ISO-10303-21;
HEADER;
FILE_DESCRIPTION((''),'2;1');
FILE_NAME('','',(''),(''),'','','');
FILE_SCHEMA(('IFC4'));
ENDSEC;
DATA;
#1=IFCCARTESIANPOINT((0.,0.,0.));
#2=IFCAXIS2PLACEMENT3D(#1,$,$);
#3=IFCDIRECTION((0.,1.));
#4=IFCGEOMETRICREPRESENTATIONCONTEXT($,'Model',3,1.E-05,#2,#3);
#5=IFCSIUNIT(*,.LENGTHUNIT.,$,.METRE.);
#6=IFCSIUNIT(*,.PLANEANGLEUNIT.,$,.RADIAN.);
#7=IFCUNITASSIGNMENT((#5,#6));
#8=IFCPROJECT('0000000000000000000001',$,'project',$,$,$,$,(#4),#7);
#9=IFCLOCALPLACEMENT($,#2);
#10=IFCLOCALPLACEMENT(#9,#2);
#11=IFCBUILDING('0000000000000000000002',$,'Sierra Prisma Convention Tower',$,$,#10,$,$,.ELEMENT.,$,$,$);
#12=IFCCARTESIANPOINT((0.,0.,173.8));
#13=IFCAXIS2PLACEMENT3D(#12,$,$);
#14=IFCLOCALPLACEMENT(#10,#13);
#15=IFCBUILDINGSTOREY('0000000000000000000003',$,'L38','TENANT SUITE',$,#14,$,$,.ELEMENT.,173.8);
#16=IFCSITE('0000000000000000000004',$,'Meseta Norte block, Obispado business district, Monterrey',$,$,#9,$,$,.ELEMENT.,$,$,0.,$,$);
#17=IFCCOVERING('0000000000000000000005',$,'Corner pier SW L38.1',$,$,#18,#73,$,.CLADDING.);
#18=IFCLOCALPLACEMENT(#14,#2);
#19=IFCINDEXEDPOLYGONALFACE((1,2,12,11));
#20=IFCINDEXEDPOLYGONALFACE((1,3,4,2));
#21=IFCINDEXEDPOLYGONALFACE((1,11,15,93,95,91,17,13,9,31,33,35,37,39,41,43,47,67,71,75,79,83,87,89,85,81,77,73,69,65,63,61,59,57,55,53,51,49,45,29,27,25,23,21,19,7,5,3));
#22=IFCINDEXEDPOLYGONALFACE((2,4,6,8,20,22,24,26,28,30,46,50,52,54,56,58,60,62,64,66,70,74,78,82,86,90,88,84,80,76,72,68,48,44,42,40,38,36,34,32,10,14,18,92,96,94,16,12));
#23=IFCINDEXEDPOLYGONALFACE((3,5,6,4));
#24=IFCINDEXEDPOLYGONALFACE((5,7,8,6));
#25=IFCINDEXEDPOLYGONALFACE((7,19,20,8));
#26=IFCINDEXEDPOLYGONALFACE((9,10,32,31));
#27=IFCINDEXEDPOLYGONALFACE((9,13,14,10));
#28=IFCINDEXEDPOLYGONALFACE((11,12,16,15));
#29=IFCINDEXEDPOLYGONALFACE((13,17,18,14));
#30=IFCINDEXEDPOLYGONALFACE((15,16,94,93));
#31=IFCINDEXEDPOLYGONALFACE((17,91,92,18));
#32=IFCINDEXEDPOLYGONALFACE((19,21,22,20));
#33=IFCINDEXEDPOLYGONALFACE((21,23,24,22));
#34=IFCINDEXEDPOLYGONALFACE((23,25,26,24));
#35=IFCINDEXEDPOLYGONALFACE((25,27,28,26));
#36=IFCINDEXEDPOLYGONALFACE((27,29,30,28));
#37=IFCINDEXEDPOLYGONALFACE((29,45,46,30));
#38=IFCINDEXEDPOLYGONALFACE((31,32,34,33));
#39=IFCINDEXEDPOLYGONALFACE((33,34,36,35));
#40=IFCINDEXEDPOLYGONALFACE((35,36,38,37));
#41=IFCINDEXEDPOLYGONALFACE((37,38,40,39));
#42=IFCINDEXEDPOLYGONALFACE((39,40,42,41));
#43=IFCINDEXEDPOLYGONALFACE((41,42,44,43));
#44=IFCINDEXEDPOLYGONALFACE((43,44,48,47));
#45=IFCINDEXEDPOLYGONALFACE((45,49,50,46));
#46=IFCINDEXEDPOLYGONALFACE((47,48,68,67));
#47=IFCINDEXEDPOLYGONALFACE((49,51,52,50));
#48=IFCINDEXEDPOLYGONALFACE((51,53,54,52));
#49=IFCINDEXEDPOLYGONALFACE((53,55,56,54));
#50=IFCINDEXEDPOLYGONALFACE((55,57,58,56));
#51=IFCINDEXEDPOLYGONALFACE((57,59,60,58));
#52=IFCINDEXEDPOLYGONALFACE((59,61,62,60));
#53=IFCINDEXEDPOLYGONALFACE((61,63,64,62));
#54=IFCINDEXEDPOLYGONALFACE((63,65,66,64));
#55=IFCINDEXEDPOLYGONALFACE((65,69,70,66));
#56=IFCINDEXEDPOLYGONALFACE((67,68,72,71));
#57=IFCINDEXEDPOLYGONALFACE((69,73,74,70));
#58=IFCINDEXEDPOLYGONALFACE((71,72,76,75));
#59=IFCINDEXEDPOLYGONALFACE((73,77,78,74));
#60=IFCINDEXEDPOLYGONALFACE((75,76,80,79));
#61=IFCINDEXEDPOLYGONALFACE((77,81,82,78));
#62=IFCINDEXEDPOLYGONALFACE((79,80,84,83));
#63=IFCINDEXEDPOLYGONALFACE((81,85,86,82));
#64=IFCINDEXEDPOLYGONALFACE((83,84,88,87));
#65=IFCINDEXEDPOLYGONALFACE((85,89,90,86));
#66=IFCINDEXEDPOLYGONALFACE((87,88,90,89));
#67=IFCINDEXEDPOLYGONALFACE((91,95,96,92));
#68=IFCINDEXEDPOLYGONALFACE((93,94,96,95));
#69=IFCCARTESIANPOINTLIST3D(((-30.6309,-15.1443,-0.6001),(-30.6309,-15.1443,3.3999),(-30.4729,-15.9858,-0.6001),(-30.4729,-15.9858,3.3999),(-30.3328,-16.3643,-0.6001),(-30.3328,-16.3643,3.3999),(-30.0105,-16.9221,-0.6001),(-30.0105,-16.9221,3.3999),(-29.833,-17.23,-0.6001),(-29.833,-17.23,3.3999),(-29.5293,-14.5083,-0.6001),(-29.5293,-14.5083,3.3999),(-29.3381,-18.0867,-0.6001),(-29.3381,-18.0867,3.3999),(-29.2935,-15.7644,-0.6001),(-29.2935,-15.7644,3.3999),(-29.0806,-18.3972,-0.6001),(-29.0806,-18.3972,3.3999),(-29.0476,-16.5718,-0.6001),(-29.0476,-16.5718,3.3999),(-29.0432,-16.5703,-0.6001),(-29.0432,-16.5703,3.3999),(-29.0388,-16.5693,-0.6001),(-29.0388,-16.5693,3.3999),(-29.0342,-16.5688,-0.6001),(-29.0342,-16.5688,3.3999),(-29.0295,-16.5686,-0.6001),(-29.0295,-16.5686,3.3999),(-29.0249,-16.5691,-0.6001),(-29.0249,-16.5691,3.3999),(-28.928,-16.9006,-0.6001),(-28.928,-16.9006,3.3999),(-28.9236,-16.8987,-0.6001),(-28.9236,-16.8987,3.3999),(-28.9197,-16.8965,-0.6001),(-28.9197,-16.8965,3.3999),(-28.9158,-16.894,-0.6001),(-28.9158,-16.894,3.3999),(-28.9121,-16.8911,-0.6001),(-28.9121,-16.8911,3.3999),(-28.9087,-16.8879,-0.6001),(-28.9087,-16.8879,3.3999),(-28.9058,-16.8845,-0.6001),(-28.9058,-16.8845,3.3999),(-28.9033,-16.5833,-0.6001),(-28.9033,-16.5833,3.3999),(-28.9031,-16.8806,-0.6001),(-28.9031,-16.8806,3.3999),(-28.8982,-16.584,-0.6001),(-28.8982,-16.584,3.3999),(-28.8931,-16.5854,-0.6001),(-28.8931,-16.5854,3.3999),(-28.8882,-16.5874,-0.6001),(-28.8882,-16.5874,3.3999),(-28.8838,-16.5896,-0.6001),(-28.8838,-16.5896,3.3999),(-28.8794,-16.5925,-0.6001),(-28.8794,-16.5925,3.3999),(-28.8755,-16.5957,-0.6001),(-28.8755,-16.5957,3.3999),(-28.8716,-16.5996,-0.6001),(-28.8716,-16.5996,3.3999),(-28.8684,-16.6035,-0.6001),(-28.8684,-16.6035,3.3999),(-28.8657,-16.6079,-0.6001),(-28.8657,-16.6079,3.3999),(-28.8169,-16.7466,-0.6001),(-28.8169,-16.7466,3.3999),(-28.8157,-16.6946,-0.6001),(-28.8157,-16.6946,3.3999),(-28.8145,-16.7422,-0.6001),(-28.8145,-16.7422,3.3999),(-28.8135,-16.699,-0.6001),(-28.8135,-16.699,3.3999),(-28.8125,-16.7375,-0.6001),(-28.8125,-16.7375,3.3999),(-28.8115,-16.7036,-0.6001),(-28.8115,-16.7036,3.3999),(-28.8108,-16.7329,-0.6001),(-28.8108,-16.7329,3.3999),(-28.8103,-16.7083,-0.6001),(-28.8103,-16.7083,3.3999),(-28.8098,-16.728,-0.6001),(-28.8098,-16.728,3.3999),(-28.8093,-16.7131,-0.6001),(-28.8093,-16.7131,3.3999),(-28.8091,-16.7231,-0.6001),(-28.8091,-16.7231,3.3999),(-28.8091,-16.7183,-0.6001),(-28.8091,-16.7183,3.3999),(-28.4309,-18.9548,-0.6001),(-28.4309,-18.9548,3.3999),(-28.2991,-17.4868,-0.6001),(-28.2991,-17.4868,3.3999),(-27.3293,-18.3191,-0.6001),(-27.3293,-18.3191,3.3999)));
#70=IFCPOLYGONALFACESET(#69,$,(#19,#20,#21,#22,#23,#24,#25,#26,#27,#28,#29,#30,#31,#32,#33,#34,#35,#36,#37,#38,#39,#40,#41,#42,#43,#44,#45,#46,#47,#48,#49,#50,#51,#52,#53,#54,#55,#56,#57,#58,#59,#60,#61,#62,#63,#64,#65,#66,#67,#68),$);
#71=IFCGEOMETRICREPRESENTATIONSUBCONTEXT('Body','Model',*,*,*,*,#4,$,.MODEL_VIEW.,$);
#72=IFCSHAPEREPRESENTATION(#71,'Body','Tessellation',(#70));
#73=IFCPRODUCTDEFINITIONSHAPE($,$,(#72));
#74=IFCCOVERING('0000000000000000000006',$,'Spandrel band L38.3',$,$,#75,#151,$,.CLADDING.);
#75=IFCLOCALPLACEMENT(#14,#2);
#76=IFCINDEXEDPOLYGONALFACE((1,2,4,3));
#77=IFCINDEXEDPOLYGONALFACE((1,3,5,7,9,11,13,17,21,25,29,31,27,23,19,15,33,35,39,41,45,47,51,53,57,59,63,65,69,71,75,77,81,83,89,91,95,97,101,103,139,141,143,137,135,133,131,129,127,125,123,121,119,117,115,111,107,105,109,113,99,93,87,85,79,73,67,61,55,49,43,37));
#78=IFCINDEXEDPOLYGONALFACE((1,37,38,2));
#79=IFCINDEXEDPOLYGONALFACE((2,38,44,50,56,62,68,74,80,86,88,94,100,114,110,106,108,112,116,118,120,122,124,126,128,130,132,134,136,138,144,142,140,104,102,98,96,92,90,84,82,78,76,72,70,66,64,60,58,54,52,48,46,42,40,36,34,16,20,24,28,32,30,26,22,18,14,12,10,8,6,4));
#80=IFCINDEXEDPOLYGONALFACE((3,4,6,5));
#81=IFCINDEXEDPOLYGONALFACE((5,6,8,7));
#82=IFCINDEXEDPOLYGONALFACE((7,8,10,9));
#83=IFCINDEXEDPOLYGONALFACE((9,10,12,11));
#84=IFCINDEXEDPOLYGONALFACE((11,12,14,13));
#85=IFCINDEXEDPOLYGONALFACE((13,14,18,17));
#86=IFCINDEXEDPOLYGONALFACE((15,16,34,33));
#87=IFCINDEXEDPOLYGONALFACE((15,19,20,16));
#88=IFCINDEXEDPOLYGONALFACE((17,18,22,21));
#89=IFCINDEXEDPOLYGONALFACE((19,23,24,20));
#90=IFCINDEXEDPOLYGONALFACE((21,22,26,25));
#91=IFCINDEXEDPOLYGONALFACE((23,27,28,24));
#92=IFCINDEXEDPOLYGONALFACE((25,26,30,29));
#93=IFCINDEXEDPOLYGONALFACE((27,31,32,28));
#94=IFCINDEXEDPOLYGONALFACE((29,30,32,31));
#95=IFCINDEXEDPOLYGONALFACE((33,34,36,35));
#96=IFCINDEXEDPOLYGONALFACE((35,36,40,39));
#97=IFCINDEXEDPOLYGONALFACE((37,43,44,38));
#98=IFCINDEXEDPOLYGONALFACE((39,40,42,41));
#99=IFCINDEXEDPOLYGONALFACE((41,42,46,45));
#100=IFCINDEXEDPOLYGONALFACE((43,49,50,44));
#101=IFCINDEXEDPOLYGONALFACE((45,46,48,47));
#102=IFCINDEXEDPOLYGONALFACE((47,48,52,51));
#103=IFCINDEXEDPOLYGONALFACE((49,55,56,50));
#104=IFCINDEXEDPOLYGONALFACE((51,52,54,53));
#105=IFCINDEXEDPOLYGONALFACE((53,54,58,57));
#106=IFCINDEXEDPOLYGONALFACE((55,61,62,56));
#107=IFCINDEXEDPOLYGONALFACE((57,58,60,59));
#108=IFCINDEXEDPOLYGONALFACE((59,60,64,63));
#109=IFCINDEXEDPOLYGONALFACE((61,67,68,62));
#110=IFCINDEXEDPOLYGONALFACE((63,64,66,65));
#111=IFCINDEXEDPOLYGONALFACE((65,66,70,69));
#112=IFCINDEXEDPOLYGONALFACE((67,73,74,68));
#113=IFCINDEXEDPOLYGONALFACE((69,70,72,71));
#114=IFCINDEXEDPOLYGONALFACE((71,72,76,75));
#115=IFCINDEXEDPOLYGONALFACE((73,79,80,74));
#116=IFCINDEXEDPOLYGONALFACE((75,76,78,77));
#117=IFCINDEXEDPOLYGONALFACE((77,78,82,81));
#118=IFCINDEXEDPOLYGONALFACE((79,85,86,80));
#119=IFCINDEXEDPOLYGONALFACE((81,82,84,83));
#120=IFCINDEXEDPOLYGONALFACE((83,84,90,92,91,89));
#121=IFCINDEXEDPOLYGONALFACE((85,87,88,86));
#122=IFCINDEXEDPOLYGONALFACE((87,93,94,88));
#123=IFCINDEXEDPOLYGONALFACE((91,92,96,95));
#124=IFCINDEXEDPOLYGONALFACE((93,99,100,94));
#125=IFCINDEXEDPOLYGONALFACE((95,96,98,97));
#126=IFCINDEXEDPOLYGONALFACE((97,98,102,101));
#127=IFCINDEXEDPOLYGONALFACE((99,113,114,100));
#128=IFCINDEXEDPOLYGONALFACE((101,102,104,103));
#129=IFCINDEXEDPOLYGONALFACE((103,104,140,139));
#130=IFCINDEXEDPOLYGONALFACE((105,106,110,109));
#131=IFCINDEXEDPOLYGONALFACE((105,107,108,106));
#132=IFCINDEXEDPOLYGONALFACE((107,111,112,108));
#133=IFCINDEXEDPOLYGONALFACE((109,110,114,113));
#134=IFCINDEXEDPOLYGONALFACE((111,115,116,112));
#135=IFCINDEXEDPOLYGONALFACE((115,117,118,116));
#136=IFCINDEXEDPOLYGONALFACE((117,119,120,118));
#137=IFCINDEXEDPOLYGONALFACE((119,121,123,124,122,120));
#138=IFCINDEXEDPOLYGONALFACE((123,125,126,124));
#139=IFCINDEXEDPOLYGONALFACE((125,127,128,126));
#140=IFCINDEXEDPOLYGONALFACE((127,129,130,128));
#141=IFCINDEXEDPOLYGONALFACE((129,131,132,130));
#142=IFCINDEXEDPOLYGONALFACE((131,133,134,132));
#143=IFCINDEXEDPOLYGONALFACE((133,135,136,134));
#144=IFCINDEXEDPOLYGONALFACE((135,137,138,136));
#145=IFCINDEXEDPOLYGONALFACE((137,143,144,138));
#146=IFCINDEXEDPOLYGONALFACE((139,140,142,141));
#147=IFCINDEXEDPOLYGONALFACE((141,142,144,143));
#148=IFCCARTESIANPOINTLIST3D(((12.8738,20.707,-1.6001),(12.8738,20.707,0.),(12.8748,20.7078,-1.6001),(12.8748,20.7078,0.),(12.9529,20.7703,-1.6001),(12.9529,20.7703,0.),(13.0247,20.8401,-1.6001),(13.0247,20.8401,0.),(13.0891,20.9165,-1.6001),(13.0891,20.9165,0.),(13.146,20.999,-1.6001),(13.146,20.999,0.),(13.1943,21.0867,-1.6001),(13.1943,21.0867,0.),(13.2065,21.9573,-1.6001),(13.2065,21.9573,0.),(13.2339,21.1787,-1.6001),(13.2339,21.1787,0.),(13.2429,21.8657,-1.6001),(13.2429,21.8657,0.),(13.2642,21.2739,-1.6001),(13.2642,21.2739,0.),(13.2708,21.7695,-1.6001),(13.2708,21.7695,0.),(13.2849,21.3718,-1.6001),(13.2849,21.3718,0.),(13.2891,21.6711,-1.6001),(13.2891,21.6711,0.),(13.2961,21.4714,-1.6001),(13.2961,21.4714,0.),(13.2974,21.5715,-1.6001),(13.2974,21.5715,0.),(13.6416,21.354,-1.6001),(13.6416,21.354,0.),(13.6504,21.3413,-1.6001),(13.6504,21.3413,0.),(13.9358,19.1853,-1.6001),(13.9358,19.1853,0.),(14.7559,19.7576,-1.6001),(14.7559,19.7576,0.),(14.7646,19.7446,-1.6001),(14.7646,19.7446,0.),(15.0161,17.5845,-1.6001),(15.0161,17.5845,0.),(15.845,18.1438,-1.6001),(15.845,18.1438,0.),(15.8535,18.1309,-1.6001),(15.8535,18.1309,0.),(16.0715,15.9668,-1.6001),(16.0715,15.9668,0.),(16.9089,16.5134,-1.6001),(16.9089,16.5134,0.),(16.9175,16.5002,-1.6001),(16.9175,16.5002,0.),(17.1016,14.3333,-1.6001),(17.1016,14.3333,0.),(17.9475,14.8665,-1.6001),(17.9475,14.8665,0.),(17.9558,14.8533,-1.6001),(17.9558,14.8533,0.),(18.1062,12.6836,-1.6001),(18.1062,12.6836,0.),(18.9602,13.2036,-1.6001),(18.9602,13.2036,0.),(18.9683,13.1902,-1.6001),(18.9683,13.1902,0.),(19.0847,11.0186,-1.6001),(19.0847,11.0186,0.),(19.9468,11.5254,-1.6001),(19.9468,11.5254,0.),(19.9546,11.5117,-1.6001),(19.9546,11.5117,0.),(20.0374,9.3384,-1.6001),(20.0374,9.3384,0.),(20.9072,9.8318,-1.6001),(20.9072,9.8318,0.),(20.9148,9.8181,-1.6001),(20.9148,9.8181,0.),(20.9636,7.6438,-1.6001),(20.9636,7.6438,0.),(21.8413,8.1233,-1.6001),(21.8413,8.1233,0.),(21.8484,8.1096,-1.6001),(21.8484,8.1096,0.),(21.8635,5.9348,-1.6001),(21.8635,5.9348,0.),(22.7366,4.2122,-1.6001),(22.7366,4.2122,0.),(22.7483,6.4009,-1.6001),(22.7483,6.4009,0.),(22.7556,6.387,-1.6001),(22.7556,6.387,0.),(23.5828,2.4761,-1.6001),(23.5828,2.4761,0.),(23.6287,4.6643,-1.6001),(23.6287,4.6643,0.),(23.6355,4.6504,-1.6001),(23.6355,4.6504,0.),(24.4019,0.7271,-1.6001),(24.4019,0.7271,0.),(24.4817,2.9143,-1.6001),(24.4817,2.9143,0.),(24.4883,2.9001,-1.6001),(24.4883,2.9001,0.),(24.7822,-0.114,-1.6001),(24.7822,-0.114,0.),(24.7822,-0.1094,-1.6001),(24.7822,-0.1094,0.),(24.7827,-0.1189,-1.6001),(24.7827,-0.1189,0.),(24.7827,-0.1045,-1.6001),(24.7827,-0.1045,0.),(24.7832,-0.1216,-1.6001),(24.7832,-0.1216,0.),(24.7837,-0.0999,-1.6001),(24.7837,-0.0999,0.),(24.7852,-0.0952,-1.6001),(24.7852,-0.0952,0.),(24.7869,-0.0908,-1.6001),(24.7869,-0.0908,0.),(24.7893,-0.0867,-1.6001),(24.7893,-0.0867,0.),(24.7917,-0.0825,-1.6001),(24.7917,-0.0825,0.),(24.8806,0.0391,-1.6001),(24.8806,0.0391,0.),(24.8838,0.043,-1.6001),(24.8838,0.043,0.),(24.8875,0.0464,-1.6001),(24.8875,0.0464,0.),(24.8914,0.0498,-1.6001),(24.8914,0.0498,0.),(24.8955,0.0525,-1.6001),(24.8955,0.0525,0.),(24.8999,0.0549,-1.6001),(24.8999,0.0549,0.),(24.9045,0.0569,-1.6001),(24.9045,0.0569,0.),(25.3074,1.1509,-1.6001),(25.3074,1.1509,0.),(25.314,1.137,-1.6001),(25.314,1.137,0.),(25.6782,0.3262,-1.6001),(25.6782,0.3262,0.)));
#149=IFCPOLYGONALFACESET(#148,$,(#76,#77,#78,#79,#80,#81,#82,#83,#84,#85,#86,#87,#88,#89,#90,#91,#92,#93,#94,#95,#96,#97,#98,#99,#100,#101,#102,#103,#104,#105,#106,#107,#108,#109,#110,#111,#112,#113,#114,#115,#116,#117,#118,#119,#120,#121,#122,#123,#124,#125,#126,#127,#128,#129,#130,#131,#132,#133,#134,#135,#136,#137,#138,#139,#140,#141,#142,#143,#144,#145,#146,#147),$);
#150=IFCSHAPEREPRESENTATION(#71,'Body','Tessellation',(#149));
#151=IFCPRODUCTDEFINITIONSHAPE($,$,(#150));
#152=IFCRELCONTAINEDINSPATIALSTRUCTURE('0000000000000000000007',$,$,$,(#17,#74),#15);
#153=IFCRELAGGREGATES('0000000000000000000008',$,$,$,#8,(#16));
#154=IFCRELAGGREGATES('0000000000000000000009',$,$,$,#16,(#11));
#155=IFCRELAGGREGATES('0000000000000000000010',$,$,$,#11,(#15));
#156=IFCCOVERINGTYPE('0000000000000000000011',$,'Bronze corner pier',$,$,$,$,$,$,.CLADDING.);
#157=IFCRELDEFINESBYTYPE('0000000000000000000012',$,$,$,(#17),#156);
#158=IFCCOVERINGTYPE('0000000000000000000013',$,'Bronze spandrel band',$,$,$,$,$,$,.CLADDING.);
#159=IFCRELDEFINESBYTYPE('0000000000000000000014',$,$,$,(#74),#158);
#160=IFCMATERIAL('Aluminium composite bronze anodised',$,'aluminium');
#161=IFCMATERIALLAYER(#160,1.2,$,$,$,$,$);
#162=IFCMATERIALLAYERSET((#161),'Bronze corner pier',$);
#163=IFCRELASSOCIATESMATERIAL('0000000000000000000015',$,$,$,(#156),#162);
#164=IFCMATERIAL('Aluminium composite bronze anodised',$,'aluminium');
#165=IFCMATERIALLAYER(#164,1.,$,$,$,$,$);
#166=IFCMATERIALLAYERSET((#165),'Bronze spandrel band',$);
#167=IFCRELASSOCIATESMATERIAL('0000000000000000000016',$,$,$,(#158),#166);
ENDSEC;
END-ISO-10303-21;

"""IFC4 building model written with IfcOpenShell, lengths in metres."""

from ifc_helpers import new_model, si_unit, direction, frame, origin, place, context, subcontext, project, spatial, polyline, outline, extrude, material, layer, layer_set, type_object, element, save


model = new_model("IFC4")

# Units and contexts
model_context = context("Model", 3, precision=1e-05, world=origin(), true_north=direction((0.0, 1.0)))
body_context = subcontext(model_context, "Body", "Model", "MODEL_VIEW")
ifc_project = project(units=[si_unit("LENGTHUNIT", "METRE"), si_unit("PLANEANGLEUNIT", "RADIAN")], contexts=[model_context])

# Site, building, storey
site_placement = place(None, origin())
site = spatial("IfcSite", under=ifc_project, at=site_placement, Name="Meseta Norte block, Obispado business district, Monterrey", CompositionType="ELEMENT", RefElevation=0.0)
building_placement = place(site_placement, origin())
building = spatial("IfcBuilding", under=site, at=building_placement, Name="Sierra Prisma Convention Tower", CompositionType="ELEMENT")
storey_placement = place(building_placement, frame((0.0, 0.0, 173.8)))
storey = spatial("IfcBuildingStorey", under=building, at=storey_placement, Name="L38", Description="TENANT SUITE", CompositionType="ELEMENT", Elevation=173.8)

# Coverings
ifc_material_1 = material(Name="Aluminium composite bronze anodised", Category="aluminium")
ifc_layer_1 = layer(ifc_material_1, 1.2)
ifc_layer_set_1 = layer_set([ifc_layer_1], Name="Bronze corner pier")
covering_type_1 = type_object("IfcCoveringType", Name="Bronze corner pier", PredefinedType="CLADDING", material=ifc_layer_set_1)
covering_1_placement = place(storey_placement, frame((0.0, 0.0, -0.6001)))
element("IfcCovering", 1, at=covering_1_placement, inside=storey, type_object=covering_type_1, Name="Corner pier SW L38.1", PredefinedType="CLADDING", context=body_context, shape_type="SweptSolid", body=[
    extrude(outline(polyline([(-29.0806, -18.3972), (-29.3381, -18.0867), (-29.833, -17.23), (-28.928, -16.9006), (-28.9236, -16.8987), (-28.9197, -16.8965), (-28.9158, -16.894), (-28.9121, -16.8911), (-28.9087, -16.8879), (-28.9058, -16.8845), (-28.9031, -16.8806), (-28.8169, -16.7466), (-28.8145, -16.7422), (-28.8125, -16.7375), (-28.8108, -16.7329), (-28.8098, -16.728), (-28.8091, -16.7231), (-28.8091, -16.7183), (-28.8093, -16.7131), (-28.8103, -16.7083), (-28.8115, -16.7036), (-28.8135, -16.699), (-28.8157, -16.6946), (-28.8657, -16.6079), (-28.8684, -16.6035), (-28.8716, -16.5996), (-28.8755, -16.5957), (-28.8794, -16.5925), (-28.8838, -16.5896), (-28.8882, -16.5874), (-28.8931, -16.5854), (-28.8982, -16.584), (-28.9033, -16.5833), (-29.0249, -16.5691), (-29.0295, -16.5686), (-29.0342, -16.5688), (-29.0388, -16.5693), (-29.0432, -16.5703), (-29.0476, -16.5718), (-30.0105, -16.9221), (-30.3328, -16.3643), (-30.4729, -15.9858), (-30.6309, -15.1443), (-29.5293, -14.5083), (-29.2935, -15.7644), (-28.2991, -17.4868), (-27.3293, -18.3191), (-28.4309, -18.9548), (-29.0806, -18.3972)])), origin(), (0.0, 0.0, 1.0), 4.0),
])
ifc_material_2 = material(Name="Aluminium composite bronze anodised", Category="aluminium")
ifc_layer_2 = layer(ifc_material_2, 1.0)
ifc_layer_set_2 = layer_set([ifc_layer_2], Name="Bronze spandrel band")
covering_type_2 = type_object("IfcCoveringType", Name="Bronze spandrel band", PredefinedType="CLADDING", material=ifc_layer_set_2)
covering_2_placement = place(storey_placement, frame((0.0, 0.0, -1.6001)))
element("IfcCovering", 2, at=covering_2_placement, inside=storey, type_object=covering_type_2, Name="Spandrel band L38.3", PredefinedType="CLADDING", context=body_context, shape_type="SweptSolid", body=[
    extrude(outline(polyline([(13.6416, 21.354), (13.6504, 21.3413), (14.7559, 19.7576), (14.7646, 19.7446), (15.845, 18.1438), (15.8535, 18.1309), (16.9089, 16.5134), (16.9175, 16.5002), (17.9475, 14.8665), (17.9558, 14.8533), (18.9602, 13.2036), (18.9683, 13.1902), (19.9468, 11.5254), (19.9546, 11.5117), (20.9072, 9.8318), (20.9148, 9.8181), (21.8413, 8.1233), (21.8484, 8.1096), (22.7483, 6.4009), (22.7556, 6.387), (23.6287, 4.6643), (23.6355, 4.6504), (24.4817, 2.9143), (24.4883, 2.9001), (25.3074, 1.1509), (25.314, 1.137), (25.6782, 0.3262), (24.9045, 0.0569), (24.8999, 0.0549), (24.8955, 0.0525), (24.8914, 0.0498), (24.8875, 0.0464), (24.8838, 0.043), (24.8806, 0.0391), (24.7917, -0.0825), (24.7893, -0.0867), (24.7869, -0.0908), (24.7852, -0.0952), (24.7837, -0.0999), (24.7827, -0.1045), (24.7822, -0.1094), (24.7822, -0.114), (24.7827, -0.1189), (24.7832, -0.1216), (24.4019, 0.7271), (23.5828, 2.4761), (22.7366, 4.2122), (21.8635, 5.9348), (20.9636, 7.6438), (20.0374, 9.3384), (19.0847, 11.0186), (18.1062, 12.6836), (17.1016, 14.3333), (16.0715, 15.9668), (15.0161, 17.5845), (13.9358, 19.1853), (12.8738, 20.707), (12.8748, 20.7078), (12.9529, 20.7703), (13.0247, 20.8401), (13.0891, 20.9165), (13.146, 20.999), (13.1943, 21.0867), (13.2339, 21.1787), (13.2642, 21.2739), (13.2849, 21.3718), (13.2961, 21.4714), (13.2974, 21.5715), (13.2891, 21.6711), (13.2708, 21.7695), (13.2429, 21.8657), (13.2065, 21.9573), (13.6416, 21.354)])), origin(), (0.0, 0.0, 1.0), 1.6001),
])

save(model, "model.ifc")
